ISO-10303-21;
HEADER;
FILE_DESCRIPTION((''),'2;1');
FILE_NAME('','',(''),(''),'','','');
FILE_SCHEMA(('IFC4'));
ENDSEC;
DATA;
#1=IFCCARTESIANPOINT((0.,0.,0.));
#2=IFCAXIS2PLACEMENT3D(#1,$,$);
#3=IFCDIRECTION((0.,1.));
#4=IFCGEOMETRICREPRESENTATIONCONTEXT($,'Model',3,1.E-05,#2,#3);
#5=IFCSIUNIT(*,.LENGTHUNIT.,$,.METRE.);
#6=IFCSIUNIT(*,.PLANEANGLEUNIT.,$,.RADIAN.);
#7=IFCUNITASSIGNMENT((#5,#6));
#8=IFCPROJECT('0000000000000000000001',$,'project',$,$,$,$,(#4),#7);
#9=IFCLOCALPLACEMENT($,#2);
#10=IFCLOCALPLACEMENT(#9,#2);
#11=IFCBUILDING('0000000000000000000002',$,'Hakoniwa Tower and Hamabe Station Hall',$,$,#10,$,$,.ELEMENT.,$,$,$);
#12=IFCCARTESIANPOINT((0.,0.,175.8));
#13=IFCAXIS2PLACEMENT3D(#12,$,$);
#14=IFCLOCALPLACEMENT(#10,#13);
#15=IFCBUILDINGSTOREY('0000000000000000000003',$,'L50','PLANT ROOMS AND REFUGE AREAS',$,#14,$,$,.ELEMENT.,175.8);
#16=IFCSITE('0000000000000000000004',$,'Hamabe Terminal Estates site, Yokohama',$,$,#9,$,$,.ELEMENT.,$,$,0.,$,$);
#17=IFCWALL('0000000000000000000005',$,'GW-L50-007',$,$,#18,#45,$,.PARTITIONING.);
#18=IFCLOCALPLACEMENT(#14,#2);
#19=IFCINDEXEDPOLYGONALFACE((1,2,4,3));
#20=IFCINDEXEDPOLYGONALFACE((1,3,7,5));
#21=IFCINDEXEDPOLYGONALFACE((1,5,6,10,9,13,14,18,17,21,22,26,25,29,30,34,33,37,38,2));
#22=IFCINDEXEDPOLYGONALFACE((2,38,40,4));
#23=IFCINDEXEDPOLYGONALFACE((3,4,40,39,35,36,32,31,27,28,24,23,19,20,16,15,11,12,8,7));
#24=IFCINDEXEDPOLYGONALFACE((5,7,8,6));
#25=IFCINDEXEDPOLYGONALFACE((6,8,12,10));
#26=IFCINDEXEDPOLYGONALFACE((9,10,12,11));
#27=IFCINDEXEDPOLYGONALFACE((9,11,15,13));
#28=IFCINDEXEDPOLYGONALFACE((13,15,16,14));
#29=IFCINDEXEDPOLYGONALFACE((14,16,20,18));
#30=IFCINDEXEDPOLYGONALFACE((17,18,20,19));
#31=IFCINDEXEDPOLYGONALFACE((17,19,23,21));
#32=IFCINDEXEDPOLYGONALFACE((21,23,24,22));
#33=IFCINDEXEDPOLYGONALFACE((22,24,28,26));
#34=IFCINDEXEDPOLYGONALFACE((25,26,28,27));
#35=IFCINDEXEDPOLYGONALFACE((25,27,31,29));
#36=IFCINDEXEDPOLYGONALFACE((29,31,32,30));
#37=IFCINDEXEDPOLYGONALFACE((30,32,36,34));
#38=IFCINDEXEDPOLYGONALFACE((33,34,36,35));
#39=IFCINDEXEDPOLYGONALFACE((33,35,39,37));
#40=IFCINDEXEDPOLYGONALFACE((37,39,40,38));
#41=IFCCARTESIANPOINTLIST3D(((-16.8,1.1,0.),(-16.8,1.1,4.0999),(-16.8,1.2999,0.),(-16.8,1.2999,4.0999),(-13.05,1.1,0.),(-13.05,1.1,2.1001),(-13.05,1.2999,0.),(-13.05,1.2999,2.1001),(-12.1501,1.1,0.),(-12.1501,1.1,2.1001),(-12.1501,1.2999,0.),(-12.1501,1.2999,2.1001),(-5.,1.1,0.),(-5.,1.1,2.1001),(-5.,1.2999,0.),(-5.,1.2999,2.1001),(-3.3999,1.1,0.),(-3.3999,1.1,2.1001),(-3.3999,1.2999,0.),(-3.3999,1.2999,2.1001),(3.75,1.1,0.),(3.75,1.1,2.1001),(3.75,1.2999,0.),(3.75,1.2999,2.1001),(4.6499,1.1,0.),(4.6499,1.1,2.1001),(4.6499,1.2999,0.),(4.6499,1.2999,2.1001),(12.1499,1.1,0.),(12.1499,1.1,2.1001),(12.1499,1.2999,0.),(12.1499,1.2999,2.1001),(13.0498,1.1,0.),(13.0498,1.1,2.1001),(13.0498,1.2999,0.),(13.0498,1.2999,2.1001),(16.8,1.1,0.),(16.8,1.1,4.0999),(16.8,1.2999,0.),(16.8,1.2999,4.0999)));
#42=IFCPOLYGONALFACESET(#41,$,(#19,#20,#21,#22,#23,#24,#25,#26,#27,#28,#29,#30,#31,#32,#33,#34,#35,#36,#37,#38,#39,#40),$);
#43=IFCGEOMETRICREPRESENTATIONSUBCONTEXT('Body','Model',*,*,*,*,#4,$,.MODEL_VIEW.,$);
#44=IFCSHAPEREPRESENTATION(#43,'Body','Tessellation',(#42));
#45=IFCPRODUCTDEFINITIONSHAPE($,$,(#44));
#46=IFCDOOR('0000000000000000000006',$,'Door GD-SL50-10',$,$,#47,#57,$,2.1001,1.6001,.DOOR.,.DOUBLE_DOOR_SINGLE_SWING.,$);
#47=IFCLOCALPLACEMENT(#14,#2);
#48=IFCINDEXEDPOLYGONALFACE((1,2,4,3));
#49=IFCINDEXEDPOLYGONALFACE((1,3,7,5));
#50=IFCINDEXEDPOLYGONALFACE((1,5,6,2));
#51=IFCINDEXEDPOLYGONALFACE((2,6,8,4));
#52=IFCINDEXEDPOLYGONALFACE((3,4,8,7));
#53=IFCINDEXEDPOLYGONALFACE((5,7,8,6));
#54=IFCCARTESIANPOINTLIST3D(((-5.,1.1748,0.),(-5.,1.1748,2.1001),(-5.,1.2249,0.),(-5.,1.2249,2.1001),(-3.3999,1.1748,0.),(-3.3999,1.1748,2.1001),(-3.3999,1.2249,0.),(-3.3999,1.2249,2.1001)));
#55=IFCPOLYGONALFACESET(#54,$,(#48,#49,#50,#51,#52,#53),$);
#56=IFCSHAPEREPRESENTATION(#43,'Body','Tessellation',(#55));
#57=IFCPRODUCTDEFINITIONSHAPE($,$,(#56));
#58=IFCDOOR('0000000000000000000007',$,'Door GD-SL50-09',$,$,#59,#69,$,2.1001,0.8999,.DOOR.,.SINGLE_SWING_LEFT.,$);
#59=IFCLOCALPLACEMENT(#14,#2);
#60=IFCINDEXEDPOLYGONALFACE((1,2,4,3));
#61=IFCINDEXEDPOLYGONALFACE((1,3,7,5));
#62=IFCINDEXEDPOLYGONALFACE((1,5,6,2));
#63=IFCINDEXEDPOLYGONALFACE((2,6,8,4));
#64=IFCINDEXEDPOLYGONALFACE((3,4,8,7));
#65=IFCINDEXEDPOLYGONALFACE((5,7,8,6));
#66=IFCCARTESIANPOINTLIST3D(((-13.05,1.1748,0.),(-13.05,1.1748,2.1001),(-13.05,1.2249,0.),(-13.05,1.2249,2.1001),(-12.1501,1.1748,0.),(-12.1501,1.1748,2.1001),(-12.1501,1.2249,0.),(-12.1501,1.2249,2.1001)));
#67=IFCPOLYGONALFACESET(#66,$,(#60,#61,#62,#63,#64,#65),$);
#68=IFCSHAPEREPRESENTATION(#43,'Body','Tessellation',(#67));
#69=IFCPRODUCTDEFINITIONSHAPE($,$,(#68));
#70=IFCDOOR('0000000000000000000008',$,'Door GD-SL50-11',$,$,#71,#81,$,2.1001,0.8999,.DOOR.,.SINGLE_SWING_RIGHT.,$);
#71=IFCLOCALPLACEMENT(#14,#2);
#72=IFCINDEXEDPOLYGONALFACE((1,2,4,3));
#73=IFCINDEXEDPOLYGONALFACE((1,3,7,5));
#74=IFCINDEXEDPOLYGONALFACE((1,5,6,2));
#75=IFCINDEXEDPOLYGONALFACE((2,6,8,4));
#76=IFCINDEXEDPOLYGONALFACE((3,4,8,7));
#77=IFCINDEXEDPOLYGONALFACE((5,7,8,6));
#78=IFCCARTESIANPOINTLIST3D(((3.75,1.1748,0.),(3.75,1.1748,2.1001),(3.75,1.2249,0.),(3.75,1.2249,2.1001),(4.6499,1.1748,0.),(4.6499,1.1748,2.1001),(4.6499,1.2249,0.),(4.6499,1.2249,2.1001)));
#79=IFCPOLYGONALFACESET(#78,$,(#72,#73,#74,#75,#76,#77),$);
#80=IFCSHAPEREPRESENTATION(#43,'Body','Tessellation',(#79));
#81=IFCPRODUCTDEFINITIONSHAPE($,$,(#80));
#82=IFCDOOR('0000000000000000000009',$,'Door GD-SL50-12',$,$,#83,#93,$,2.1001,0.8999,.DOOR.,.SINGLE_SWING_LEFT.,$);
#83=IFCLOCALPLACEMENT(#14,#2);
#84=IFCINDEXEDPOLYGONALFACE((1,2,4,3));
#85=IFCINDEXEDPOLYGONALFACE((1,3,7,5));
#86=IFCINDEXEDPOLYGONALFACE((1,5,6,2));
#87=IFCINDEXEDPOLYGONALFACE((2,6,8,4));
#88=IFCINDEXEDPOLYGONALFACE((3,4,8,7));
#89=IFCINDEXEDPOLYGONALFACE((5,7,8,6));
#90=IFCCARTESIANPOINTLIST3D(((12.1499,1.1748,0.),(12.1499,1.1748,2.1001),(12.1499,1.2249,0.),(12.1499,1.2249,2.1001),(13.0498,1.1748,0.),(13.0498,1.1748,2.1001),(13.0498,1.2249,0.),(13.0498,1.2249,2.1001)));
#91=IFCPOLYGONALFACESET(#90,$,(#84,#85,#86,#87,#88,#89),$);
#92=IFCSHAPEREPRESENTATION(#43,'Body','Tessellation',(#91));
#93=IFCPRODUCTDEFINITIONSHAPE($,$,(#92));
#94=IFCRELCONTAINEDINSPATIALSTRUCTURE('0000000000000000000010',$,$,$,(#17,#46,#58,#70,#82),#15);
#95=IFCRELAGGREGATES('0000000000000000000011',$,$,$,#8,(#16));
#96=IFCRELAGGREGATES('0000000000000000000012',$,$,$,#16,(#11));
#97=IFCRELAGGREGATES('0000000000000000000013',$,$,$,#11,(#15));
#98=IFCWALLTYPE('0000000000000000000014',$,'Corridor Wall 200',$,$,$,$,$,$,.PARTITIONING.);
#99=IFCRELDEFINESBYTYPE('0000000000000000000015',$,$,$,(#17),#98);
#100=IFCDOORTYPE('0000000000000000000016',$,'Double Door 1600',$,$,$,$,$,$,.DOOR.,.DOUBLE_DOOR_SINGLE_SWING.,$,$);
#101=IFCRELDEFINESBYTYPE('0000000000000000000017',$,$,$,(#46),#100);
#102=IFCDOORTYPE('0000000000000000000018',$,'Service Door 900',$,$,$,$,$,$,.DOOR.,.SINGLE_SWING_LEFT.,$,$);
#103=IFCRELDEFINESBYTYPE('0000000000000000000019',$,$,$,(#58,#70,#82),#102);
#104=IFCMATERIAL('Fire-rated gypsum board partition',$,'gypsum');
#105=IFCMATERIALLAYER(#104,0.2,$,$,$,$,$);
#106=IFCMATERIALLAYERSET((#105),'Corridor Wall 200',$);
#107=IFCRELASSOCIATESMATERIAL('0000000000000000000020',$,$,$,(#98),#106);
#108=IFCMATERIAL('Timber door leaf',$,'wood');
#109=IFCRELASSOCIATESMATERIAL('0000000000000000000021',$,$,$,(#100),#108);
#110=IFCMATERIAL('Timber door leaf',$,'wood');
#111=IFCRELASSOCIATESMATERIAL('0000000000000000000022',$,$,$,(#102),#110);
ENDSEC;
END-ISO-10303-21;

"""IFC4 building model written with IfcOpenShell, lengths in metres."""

from ifc_helpers import new_model, si_unit, direction, frame, frame_2d, origin, place, context, subcontext, project, spatial, rectangle, extrude, material, layer, layer_set, type_object, element, fill, save


model = new_model("IFC4")

# Units and contexts
model_context = context("Model", 3, precision=1e-05, world=origin(), true_north=direction((0.0, 1.0)))
body_context = subcontext(model_context, "Body", "Model", "MODEL_VIEW")
ifc_project = project(units=[si_unit("LENGTHUNIT", "METRE"), si_unit("PLANEANGLEUNIT", "RADIAN")], contexts=[model_context])

# Site, building, storey
site_placement = place(None, origin())
site = spatial("IfcSite", under=ifc_project, at=site_placement, Name="Hamabe Terminal Estates site, Yokohama", CompositionType="ELEMENT", RefElevation=0.0)
building_placement = place(site_placement, origin())
building = spatial("IfcBuilding", under=site, at=building_placement, Name="Hakoniwa Tower and Hamabe Station Hall", CompositionType="ELEMENT")
storey_placement = place(building_placement, frame((0.0, 0.0, 175.8)))
storey = spatial("IfcBuildingStorey", under=building, at=storey_placement, Name="L50", Description="PLANT ROOMS AND REFUGE AREAS", CompositionType="ELEMENT", Elevation=175.8)

# Wall, openings, doors
ifc_material_1 = material(Name="Fire-rated gypsum board partition", Category="gypsum")
ifc_layer_1 = layer(ifc_material_1, 0.2)
ifc_layer_set_1 = layer_set([ifc_layer_1], Name="Corridor Wall 200")
wall_type_1 = type_object("IfcWallType", Name="Corridor Wall 200", PredefinedType="PARTITIONING", material=ifc_layer_set_1)
wall_1_placement = place(storey_placement, frame((-16.8, 1.2, 0.0), z_axis=(0.0, 0.0, 1.0), x_axis=(1.0, 0.0, 0.0)))
wall_1 = element("IfcWall", 1, at=wall_1_placement, inside=storey, type_object=wall_type_1, Name="GW-L50-007", PredefinedType="PARTITIONING", context=body_context, shape_type="SweptSolid", body=[
    extrude(rectangle(XDim=33.6001, YDim=0.2, at=frame_2d((16.8, 0.0))), origin(), (0.0, 0.0, 1.0), 4.0999),
])
opening_1_placement = place(wall_1_placement, frame((3.75, 0.0, 0.0)))
opening_1 = element("IfcOpeningElement", 2, at=opening_1_placement, cuts=wall_1, PredefinedType="OPENING", context=body_context, shape_type="SweptSolid", body=[
    extrude(rectangle(XDim=0.8999, YDim=2.1001, at=frame_2d((0.45, 1.05))), frame((0.0, 0.1099, 0.0), z_axis=(0.0, -1.0, 0.0), x_axis=(1.0, 0.0, 0.0)), (0.0, 0.0, 1.0), 0.22),
])
opening_2_placement = place(wall_1_placement, frame((11.8, 0.0, 0.0)))
opening_2 = element("IfcOpeningElement", 3, at=opening_2_placement, cuts=wall_1, PredefinedType="OPENING", context=body_context, shape_type="SweptSolid", body=[
    extrude(rectangle(XDim=1.6001, YDim=2.1001, at=frame_2d((0.8, 1.05))), frame((0.0, 0.1099, 0.0), z_axis=(0.0, -1.0, 0.0), x_axis=(1.0, 0.0, 0.0)), (0.0, 0.0, 1.0), 0.22),
])
opening_3_placement = place(wall_1_placement, frame((20.55, 0.0, 0.0)))
opening_3 = element("IfcOpeningElement", 4, at=opening_3_placement, cuts=wall_1, PredefinedType="OPENING", context=body_context, shape_type="SweptSolid", body=[
    extrude(rectangle(XDim=0.8999, YDim=2.1001, at=frame_2d((0.45, 1.05))), frame((0.0, 0.1099, 0.0), z_axis=(0.0, -1.0, 0.0), x_axis=(1.0, 0.0, 0.0)), (0.0, 0.0, 1.0), 0.22),
])
opening_4_placement = place(wall_1_placement, frame((28.95, 0.0, 0.0)))
opening_4 = element("IfcOpeningElement", 5, at=opening_4_placement, cuts=wall_1, PredefinedType="OPENING", context=body_context, shape_type="SweptSolid", body=[
    extrude(rectangle(XDim=0.8999, YDim=2.1001, at=frame_2d((0.45, 1.05))), frame((0.0, 0.1099, 0.0), z_axis=(0.0, -1.0, 0.0), x_axis=(1.0, 0.0, 0.0)), (0.0, 0.0, 1.0), 0.22),
])
ifc_material_2 = material(Name="Timber door leaf", Category="wood")
door_type_1 = type_object("IfcDoorType", Name="Double Door 1600", OperationType="DOUBLE_DOOR_SINGLE_SWING", PredefinedType="DOOR", material=ifc_material_2)
door_1_placement = place(opening_2_placement, origin())
door_1 = element("IfcDoor", 6, at=door_1_placement, inside=storey, type_object=door_type_1, Name="Door GD-SL50-10", OperationType="DOUBLE_DOOR_SINGLE_SWING", OverallHeight=2.1001, OverallWidth=1.6001, PredefinedType="DOOR", context=body_context, shape_type="SweptSolid", body=[
    extrude(rectangle(XDim=1.6001, YDim=2.1001, at=frame_2d((0.8, 1.05))), frame((0.0, 0.0249, 0.0), z_axis=(0.0, -1.0, 0.0), x_axis=(1.0, 0.0, 0.0)), (0.0, 0.0, 1.0), 0.05),
])
fill(opening_2, door_1)
ifc_material_3 = material(Name="Timber door leaf", Category="wood")
door_type_2 = type_object("IfcDoorType", Name="Service Door 900", OperationType="SINGLE_SWING_LEFT", PredefinedType="DOOR", material=ifc_material_3)
door_2_placement = place(opening_1_placement, origin())
door_2 = element("IfcDoor", 7, at=door_2_placement, inside=storey, type_object=door_type_2, Name="Door GD-SL50-09", OperationType="SINGLE_SWING_LEFT", OverallHeight=2.1001, OverallWidth=0.8999, PredefinedType="DOOR", context=body_context, shape_type="SweptSolid", body=[
    extrude(rectangle(XDim=0.8999, YDim=2.1001, at=frame_2d((0.45, 1.05))), frame((0.0, 0.0249, 0.0), z_axis=(0.0, -1.0, 0.0), x_axis=(1.0, 0.0, 0.0)), (0.0, 0.0, 1.0), 0.05),
])
fill(opening_1, door_2)
door_3_placement = place(opening_3_placement, origin())
door_3 = element("IfcDoor", 8, at=door_3_placement, inside=storey, type_object=door_type_2, Name="Door GD-SL50-11", OperationType="SINGLE_SWING_RIGHT", OverallHeight=2.1001, OverallWidth=0.8999, PredefinedType="DOOR", context=body_context, shape_type="SweptSolid", body=[
    extrude(rectangle(XDim=0.8999, YDim=2.1001, at=frame_2d((0.45, 1.05))), frame((0.0, 0.0249, 0.0), z_axis=(0.0, -1.0, 0.0), x_axis=(1.0, 0.0, 0.0)), (0.0, 0.0, 1.0), 0.05),
])
fill(opening_3, door_3)
door_4_placement = place(opening_4_placement, origin())
door_4 = element("IfcDoor", 9, at=door_4_placement, inside=storey, type_object=door_type_2, Name="Door GD-SL50-12", OperationType="SINGLE_SWING_LEFT", OverallHeight=2.1001, OverallWidth=0.8999, PredefinedType="DOOR", context=body_context, shape_type="SweptSolid", body=[
    extrude(rectangle(XDim=0.8999, YDim=2.1001, at=frame_2d((0.45, 1.05))), frame((0.0, 0.0249, 0.0), z_axis=(0.0, -1.0, 0.0), x_axis=(1.0, 0.0, 0.0)), (0.0, 0.0, 1.0), 0.05),
])
fill(opening_4, door_4)

save(model, "model.ifc")
